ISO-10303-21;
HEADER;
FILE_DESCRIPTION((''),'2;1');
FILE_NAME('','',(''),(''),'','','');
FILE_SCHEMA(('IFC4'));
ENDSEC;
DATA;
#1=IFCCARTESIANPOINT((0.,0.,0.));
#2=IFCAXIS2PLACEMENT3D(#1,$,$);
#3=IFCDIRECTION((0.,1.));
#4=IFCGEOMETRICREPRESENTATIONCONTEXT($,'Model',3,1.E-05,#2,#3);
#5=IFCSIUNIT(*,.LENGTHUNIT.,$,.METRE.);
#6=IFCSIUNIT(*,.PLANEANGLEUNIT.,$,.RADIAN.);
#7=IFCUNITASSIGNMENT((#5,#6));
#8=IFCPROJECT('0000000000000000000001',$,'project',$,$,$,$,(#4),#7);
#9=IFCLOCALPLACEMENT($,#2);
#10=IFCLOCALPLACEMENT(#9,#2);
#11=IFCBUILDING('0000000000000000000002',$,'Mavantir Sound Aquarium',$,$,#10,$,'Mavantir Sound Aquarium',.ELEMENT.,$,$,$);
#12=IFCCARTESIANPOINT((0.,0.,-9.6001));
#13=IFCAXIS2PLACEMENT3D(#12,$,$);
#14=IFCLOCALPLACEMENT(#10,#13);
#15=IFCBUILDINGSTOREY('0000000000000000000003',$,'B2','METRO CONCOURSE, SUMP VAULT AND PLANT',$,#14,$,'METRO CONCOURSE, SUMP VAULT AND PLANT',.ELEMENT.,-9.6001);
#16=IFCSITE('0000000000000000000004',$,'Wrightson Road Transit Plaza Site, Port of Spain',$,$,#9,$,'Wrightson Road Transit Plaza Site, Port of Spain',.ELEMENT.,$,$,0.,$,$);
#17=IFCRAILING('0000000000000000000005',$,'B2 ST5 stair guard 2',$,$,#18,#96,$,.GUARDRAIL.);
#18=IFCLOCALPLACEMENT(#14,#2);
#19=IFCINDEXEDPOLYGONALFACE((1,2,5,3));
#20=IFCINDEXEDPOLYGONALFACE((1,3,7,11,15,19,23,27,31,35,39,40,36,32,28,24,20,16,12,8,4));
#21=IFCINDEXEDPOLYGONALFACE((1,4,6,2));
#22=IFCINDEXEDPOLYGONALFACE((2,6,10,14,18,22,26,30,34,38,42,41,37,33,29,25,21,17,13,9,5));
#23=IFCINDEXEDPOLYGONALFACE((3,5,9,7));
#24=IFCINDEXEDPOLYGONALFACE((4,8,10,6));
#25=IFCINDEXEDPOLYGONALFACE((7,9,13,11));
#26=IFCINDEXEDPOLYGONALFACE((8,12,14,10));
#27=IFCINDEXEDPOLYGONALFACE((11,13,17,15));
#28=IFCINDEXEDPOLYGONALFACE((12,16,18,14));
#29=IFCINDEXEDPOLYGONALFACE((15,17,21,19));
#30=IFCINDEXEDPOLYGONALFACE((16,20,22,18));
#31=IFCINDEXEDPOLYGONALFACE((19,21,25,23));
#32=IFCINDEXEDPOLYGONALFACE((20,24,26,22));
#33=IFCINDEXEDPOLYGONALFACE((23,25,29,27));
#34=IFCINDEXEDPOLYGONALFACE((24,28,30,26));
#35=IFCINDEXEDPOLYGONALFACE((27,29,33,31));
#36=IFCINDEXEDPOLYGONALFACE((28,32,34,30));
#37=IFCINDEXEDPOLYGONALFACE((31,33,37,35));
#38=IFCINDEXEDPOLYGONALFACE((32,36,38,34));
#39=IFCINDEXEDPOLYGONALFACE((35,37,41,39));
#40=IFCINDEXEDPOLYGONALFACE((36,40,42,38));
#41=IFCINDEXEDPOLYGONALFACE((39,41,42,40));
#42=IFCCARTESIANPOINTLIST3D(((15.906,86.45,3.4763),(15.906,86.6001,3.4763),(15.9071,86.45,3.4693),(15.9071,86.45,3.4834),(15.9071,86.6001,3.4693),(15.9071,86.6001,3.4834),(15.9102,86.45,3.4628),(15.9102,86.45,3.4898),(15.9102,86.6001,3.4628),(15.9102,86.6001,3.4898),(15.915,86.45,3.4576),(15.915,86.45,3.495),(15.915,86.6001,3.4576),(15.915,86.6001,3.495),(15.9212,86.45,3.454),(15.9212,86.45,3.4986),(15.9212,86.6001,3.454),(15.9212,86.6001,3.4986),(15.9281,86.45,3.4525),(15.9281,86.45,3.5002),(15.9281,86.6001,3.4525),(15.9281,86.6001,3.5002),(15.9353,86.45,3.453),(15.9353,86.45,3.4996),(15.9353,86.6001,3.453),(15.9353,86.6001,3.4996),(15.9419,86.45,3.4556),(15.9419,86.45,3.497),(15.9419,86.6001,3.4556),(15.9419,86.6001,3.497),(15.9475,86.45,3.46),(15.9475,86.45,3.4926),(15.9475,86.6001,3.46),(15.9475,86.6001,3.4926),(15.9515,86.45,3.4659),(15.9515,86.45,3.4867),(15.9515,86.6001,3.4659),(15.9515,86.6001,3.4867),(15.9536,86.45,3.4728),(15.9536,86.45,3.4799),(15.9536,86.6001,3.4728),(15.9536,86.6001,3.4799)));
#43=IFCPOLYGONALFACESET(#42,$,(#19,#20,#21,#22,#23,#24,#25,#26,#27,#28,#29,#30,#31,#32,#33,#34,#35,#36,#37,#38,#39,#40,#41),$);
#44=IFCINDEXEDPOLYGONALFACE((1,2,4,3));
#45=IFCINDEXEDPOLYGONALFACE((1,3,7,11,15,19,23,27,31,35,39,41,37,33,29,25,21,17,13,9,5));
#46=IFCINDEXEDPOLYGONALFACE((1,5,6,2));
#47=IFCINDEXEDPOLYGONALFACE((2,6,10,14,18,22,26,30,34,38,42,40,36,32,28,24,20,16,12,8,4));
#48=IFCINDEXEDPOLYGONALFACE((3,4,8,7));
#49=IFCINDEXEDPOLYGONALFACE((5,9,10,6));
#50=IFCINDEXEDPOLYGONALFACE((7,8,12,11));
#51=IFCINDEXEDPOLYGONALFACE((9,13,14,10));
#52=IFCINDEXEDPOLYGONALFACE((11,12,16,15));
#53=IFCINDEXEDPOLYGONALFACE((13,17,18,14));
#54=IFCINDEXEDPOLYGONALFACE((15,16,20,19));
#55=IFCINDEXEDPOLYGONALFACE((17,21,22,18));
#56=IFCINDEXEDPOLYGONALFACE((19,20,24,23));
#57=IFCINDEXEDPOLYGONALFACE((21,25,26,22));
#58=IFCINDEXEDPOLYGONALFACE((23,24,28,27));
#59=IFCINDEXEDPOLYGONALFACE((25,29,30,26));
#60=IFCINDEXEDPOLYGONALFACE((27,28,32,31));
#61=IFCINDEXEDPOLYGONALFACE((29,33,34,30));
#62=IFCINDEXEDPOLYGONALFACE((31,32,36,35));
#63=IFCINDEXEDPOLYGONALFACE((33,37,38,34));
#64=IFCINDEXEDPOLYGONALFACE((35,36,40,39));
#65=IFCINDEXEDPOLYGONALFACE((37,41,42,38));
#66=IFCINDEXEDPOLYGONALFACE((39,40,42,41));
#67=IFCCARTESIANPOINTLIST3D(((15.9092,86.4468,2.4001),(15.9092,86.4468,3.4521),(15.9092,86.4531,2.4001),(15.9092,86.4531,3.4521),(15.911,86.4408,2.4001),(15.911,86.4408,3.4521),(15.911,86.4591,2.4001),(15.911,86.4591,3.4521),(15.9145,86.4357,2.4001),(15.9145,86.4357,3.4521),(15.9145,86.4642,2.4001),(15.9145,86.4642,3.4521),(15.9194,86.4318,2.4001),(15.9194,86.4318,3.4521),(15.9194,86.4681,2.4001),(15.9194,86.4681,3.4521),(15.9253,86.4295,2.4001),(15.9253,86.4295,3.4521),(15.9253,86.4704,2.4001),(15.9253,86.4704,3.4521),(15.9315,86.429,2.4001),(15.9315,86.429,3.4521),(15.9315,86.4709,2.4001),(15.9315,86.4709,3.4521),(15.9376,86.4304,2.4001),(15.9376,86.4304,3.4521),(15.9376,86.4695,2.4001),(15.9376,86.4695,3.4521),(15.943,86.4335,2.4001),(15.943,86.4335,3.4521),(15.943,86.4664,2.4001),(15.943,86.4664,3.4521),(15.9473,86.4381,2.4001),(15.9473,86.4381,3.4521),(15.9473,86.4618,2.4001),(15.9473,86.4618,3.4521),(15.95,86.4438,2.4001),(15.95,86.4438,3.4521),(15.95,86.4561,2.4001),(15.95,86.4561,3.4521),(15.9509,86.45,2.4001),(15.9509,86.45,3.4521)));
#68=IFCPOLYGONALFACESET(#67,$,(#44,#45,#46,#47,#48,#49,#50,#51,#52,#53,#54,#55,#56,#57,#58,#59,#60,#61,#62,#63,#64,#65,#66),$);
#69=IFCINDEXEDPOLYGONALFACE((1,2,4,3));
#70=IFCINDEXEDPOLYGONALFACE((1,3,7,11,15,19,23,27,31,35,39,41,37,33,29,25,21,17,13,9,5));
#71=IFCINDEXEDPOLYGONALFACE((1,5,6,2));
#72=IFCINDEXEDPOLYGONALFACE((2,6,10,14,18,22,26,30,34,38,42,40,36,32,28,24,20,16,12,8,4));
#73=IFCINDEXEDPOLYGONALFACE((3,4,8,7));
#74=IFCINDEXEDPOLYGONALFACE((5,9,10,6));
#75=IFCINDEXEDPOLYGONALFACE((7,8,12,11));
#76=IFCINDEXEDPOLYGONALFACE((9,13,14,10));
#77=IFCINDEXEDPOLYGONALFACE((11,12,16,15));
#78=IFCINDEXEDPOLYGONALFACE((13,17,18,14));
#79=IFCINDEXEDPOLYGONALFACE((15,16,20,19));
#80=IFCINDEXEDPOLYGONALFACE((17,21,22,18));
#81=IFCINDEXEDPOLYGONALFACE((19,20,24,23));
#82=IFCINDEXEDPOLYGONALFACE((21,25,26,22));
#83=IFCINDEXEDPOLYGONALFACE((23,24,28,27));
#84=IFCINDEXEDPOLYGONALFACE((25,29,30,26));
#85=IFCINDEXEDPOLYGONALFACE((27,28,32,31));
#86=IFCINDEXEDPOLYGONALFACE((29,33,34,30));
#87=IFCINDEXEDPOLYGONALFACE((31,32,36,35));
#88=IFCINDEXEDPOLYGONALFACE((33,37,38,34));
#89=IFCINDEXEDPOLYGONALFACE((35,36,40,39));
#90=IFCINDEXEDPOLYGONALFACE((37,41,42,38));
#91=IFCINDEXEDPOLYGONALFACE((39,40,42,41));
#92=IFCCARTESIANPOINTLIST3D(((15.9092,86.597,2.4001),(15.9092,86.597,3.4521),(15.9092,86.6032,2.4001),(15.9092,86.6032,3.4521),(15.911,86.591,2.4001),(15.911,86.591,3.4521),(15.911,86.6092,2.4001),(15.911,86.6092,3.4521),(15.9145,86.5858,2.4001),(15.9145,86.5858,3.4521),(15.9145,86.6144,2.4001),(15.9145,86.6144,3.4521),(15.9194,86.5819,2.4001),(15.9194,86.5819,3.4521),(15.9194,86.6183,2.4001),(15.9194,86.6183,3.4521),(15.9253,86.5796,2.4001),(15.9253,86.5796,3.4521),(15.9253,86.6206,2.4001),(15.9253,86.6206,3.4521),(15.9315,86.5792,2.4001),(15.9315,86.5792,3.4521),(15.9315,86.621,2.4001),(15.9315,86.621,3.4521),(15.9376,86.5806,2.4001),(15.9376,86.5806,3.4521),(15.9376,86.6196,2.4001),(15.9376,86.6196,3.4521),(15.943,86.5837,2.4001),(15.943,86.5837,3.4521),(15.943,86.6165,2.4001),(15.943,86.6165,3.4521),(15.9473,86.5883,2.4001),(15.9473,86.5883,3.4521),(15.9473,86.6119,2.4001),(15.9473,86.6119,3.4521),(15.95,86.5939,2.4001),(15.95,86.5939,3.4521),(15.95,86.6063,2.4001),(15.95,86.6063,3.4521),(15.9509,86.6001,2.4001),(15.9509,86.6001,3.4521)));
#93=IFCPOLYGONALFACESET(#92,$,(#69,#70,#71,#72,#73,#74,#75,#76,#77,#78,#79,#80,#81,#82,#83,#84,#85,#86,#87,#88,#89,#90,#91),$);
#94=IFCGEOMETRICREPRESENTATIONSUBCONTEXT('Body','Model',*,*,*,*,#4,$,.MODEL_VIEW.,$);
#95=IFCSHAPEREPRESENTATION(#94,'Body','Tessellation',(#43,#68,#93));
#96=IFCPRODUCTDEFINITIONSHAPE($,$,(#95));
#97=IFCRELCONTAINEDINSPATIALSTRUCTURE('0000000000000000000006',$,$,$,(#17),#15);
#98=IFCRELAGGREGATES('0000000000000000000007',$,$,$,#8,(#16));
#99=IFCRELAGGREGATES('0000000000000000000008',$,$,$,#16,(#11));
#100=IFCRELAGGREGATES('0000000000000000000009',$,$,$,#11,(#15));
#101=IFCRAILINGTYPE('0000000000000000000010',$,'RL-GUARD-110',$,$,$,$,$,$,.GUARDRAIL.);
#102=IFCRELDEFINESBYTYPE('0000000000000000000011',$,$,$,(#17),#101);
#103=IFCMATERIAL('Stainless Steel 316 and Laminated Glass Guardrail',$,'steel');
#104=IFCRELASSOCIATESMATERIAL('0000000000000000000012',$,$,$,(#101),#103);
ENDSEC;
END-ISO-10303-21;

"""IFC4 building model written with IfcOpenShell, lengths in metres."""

from ifc_helpers import new_model, si_unit, direction, frame, origin, origin_2d, place, context, subcontext, project, spatial, circle, extrude, material, type_object, element, save


model = new_model("IFC4")

# Units and contexts
model_context = context("Model", 3, precision=1e-05, world=origin(), true_north=direction((0.0, 1.0)))
body_context = subcontext(model_context, "Body", "Model", "MODEL_VIEW")
ifc_project = project(units=[si_unit("LENGTHUNIT", "METRE"), si_unit("PLANEANGLEUNIT", "RADIAN")], contexts=[model_context])

# Site, building, storey
site_placement = place(None, origin())
site = spatial("IfcSite", under=ifc_project, at=site_placement, Name="Wrightson Road Transit Plaza Site, Port of Spain", LongName="Wrightson Road Transit Plaza Site, Port of Spain", CompositionType="ELEMENT", RefElevation=0.0)
building_placement = place(site_placement, origin())
building = spatial("IfcBuilding", under=site, at=building_placement, Name="Mavantir Sound Aquarium", LongName="Mavantir Sound Aquarium", CompositionType="ELEMENT")
storey_placement = place(building_placement, frame((0.0, 0.0, -9.6001)))
storey = spatial("IfcBuildingStorey", under=building, at=storey_placement, Name="B2", Description="METRO CONCOURSE, SUMP VAULT AND PLANT", LongName="METRO CONCOURSE, SUMP VAULT AND PLANT", CompositionType="ELEMENT", Elevation=-9.6001)

# Railing
ifc_material_1 = material(Name="Stainless Steel 316 and Laminated Glass Guardrail", Category="steel")
railing_type_1 = type_object("IfcRailingType", Name="RL-GUARD-110", PredefinedType="GUARDRAIL", material=ifc_material_1)
railing_1_placement = place(storey_placement, frame((15.9299, 86.45, 2.4001)))
element("IfcRailing", 1, at=railing_1_placement, inside=storey, type_object=railing_type_1, Name="B2 ST5 stair guard 2", PredefinedType="GUARDRAIL", context=body_context, shape_type="SweptSolid", body=[
    extrude(circle(Radius=0.0239, at=origin_2d()), frame((0.0, 0.0, 1.0762), z_axis=(0.0, 1.0, 0.0), x_axis=(-1.0, 0.0, 0.0)), (0.0, 0.0, 1.0), 0.1501),
    extrude(circle(Radius=0.021, at=origin_2d()), origin(), (0.0, 0.0, 1.0), 1.052),
    extrude(circle(Radius=0.021, at=origin_2d()), frame((0.0, 0.1501, 0.0)), (0.0, 0.0, 1.0), 1.052),
])

save(model, "model.ifc")
